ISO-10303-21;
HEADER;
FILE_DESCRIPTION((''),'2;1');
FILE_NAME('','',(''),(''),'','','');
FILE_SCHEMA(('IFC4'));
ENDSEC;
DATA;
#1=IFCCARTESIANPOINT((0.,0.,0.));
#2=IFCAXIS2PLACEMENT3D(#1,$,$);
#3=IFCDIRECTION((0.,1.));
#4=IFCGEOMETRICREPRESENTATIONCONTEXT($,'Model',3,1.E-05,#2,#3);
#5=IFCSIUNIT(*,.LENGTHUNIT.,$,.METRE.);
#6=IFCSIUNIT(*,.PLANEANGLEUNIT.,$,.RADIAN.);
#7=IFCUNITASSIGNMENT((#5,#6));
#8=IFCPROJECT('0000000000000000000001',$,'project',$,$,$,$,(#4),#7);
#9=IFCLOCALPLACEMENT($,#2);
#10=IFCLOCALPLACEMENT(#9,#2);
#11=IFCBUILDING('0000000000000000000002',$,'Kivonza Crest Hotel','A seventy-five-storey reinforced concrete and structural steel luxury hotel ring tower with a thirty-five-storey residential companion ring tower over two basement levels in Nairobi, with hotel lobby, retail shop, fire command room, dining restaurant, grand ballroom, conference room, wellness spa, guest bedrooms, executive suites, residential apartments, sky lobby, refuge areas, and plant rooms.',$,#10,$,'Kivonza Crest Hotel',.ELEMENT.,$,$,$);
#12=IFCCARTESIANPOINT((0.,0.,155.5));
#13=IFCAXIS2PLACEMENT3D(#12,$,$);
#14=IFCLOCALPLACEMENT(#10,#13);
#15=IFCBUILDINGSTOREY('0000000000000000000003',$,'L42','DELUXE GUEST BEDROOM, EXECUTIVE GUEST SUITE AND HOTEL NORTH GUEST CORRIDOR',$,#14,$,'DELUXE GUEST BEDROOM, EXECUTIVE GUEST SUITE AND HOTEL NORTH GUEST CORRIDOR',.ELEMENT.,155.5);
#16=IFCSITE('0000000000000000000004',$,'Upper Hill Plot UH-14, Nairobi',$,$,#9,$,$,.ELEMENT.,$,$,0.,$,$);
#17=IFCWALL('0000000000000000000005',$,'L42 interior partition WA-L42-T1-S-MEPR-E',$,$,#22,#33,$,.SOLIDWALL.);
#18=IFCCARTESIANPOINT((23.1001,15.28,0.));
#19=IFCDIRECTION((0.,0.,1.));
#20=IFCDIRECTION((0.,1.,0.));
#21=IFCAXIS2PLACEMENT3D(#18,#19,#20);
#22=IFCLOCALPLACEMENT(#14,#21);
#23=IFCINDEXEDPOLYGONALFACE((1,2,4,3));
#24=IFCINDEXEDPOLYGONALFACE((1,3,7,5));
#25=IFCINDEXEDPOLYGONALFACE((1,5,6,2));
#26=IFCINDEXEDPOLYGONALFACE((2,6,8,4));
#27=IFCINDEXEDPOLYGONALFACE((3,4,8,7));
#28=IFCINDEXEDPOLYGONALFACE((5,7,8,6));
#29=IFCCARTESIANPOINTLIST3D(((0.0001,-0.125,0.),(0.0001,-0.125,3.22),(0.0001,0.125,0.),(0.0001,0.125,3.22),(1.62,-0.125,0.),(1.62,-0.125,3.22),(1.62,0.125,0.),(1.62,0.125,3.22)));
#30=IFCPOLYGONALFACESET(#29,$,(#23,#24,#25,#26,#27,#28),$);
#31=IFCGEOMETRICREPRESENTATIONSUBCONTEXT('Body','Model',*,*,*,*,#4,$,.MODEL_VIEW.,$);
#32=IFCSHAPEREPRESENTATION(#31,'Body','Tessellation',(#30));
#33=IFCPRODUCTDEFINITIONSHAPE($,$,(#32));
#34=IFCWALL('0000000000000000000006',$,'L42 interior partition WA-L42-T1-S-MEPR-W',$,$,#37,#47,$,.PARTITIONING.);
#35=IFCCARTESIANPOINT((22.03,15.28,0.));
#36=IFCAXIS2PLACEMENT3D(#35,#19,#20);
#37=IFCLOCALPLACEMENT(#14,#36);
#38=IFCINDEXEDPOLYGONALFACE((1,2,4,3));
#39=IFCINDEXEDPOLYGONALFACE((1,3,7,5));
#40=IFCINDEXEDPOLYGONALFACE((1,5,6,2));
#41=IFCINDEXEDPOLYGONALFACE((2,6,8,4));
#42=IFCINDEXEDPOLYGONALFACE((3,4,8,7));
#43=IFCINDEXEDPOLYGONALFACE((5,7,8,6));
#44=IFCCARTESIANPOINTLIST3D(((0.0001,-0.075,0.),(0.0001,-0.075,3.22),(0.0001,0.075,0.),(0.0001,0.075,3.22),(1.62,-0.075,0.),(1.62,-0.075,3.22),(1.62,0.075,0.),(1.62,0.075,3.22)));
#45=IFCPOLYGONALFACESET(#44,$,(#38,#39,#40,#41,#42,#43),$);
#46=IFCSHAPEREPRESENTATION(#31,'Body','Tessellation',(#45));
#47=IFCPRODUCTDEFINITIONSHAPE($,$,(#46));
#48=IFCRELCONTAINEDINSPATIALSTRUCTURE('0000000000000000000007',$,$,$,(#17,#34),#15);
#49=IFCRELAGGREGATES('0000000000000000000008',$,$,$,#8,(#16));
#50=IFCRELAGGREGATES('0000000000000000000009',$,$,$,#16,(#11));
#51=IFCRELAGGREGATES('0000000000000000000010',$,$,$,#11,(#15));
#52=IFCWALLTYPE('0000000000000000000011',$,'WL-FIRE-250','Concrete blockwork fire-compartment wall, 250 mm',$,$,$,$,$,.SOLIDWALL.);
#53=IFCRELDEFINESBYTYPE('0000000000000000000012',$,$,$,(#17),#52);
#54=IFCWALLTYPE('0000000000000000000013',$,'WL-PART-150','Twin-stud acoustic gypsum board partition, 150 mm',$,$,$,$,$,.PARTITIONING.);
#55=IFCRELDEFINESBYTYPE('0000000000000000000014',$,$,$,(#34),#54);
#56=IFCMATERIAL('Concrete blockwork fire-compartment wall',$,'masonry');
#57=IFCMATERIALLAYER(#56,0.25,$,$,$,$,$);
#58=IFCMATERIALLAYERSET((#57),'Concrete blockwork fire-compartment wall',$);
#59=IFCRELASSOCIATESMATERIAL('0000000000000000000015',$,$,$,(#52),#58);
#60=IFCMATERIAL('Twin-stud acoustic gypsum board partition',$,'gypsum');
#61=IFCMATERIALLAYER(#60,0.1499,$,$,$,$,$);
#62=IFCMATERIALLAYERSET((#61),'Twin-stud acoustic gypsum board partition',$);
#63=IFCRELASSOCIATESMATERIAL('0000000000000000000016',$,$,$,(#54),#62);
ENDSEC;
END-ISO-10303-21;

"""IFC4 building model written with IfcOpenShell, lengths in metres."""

from ifc_helpers import new_model, si_unit, direction, frame, frame_2d, origin, place, context, subcontext, project, spatial, rectangle, extrude, material, layer, layer_set, type_object, element, save


model = new_model("IFC4")

# Units and contexts
model_context = context("Model", 3, precision=1e-05, world=origin(), true_north=direction((0.0, 1.0)))
body_context = subcontext(model_context, "Body", "Model", "MODEL_VIEW")
ifc_project = project(units=[si_unit("LENGTHUNIT", "METRE"), si_unit("PLANEANGLEUNIT", "RADIAN")], contexts=[model_context])

# Site, building, storey
site_placement = place(None, origin())
site = spatial("IfcSite", under=ifc_project, at=site_placement, Name="Upper Hill Plot UH-14, Nairobi", CompositionType="ELEMENT", RefElevation=0.0)
building_placement = place(site_placement, origin())
building = spatial("IfcBuilding", under=site, at=building_placement, Name="Kivonza Crest Hotel", Description="A seventy-five-storey reinforced concrete and structural steel luxury hotel ring tower with a thirty-five-storey residential companion ring tower over two basement levels in Nairobi, with hotel lobby, retail shop, fire command room, dining restaurant, grand ballroom, conference room, wellness spa, guest bedrooms, executive suites, residential apartments, sky lobby, refuge areas, and plant rooms.", LongName="Kivonza Crest Hotel", CompositionType="ELEMENT")
storey_placement = place(building_placement, frame((0.0, 0.0, 155.5)))
storey = spatial("IfcBuildingStorey", under=building, at=storey_placement, Name="L42", Description="DELUXE GUEST BEDROOM, EXECUTIVE GUEST SUITE AND HOTEL NORTH GUEST CORRIDOR", LongName="DELUXE GUEST BEDROOM, EXECUTIVE GUEST SUITE AND HOTEL NORTH GUEST CORRIDOR", CompositionType="ELEMENT", Elevation=155.5)

# Wall
ifc_material_1 = material(Name="Concrete blockwork fire-compartment wall", Category="masonry")
ifc_layer_1 = layer(ifc_material_1, 0.25)
ifc_layer_set_1 = layer_set([ifc_layer_1], Name="Concrete blockwork fire-compartment wall")
wall_type_1 = type_object("IfcWallType", Name="WL-FIRE-250", Description="Concrete blockwork fire-compartment wall, 250 mm", PredefinedType="SOLIDWALL", material=ifc_layer_set_1)
wall_1_placement = place(storey_placement, frame((23.1001, 15.28, 0.0), z_axis=(0.0, 0.0, 1.0), x_axis=(0.0, 1.0, 0.0)))
element("IfcWall", 1, at=wall_1_placement, inside=storey, type_object=wall_type_1, Name="L42 interior partition WA-L42-T1-S-MEPR-E", PredefinedType="SOLIDWALL", context=body_context, shape_type="SweptSolid", body=[
    extrude(rectangle(XDim=1.6199, YDim=0.25, at=frame_2d((0.8101, 0.0))), origin(), (0.0, 0.0, 1.0), 3.22),
])

# Wall
ifc_material_2 = material(Name="Twin-stud acoustic gypsum board partition", Category="gypsum")
ifc_layer_2 = layer(ifc_material_2, 0.1499)
ifc_layer_set_2 = layer_set([ifc_layer_2], Name="Twin-stud acoustic gypsum board partition")
wall_type_2 = type_object("IfcWallType", Name="WL-PART-150", Description="Twin-stud acoustic gypsum board partition, 150 mm", PredefinedType="PARTITIONING", material=ifc_layer_set_2)
wall_2_placement = place(storey_placement, frame((22.03, 15.28, 0.0), z_axis=(0.0, 0.0, 1.0), x_axis=(0.0, 1.0, 0.0)))
element("IfcWall", 2, at=wall_2_placement, inside=storey, type_object=wall_type_2, Name="L42 interior partition WA-L42-T1-S-MEPR-W", PredefinedType="PARTITIONING", context=body_context, shape_type="SweptSolid", body=[
    extrude(rectangle(XDim=1.6199, YDim=0.1499, at=frame_2d((0.8101, 0.0))), origin(), (0.0, 0.0, 1.0), 3.22),
])

save(model, "model.ifc")
